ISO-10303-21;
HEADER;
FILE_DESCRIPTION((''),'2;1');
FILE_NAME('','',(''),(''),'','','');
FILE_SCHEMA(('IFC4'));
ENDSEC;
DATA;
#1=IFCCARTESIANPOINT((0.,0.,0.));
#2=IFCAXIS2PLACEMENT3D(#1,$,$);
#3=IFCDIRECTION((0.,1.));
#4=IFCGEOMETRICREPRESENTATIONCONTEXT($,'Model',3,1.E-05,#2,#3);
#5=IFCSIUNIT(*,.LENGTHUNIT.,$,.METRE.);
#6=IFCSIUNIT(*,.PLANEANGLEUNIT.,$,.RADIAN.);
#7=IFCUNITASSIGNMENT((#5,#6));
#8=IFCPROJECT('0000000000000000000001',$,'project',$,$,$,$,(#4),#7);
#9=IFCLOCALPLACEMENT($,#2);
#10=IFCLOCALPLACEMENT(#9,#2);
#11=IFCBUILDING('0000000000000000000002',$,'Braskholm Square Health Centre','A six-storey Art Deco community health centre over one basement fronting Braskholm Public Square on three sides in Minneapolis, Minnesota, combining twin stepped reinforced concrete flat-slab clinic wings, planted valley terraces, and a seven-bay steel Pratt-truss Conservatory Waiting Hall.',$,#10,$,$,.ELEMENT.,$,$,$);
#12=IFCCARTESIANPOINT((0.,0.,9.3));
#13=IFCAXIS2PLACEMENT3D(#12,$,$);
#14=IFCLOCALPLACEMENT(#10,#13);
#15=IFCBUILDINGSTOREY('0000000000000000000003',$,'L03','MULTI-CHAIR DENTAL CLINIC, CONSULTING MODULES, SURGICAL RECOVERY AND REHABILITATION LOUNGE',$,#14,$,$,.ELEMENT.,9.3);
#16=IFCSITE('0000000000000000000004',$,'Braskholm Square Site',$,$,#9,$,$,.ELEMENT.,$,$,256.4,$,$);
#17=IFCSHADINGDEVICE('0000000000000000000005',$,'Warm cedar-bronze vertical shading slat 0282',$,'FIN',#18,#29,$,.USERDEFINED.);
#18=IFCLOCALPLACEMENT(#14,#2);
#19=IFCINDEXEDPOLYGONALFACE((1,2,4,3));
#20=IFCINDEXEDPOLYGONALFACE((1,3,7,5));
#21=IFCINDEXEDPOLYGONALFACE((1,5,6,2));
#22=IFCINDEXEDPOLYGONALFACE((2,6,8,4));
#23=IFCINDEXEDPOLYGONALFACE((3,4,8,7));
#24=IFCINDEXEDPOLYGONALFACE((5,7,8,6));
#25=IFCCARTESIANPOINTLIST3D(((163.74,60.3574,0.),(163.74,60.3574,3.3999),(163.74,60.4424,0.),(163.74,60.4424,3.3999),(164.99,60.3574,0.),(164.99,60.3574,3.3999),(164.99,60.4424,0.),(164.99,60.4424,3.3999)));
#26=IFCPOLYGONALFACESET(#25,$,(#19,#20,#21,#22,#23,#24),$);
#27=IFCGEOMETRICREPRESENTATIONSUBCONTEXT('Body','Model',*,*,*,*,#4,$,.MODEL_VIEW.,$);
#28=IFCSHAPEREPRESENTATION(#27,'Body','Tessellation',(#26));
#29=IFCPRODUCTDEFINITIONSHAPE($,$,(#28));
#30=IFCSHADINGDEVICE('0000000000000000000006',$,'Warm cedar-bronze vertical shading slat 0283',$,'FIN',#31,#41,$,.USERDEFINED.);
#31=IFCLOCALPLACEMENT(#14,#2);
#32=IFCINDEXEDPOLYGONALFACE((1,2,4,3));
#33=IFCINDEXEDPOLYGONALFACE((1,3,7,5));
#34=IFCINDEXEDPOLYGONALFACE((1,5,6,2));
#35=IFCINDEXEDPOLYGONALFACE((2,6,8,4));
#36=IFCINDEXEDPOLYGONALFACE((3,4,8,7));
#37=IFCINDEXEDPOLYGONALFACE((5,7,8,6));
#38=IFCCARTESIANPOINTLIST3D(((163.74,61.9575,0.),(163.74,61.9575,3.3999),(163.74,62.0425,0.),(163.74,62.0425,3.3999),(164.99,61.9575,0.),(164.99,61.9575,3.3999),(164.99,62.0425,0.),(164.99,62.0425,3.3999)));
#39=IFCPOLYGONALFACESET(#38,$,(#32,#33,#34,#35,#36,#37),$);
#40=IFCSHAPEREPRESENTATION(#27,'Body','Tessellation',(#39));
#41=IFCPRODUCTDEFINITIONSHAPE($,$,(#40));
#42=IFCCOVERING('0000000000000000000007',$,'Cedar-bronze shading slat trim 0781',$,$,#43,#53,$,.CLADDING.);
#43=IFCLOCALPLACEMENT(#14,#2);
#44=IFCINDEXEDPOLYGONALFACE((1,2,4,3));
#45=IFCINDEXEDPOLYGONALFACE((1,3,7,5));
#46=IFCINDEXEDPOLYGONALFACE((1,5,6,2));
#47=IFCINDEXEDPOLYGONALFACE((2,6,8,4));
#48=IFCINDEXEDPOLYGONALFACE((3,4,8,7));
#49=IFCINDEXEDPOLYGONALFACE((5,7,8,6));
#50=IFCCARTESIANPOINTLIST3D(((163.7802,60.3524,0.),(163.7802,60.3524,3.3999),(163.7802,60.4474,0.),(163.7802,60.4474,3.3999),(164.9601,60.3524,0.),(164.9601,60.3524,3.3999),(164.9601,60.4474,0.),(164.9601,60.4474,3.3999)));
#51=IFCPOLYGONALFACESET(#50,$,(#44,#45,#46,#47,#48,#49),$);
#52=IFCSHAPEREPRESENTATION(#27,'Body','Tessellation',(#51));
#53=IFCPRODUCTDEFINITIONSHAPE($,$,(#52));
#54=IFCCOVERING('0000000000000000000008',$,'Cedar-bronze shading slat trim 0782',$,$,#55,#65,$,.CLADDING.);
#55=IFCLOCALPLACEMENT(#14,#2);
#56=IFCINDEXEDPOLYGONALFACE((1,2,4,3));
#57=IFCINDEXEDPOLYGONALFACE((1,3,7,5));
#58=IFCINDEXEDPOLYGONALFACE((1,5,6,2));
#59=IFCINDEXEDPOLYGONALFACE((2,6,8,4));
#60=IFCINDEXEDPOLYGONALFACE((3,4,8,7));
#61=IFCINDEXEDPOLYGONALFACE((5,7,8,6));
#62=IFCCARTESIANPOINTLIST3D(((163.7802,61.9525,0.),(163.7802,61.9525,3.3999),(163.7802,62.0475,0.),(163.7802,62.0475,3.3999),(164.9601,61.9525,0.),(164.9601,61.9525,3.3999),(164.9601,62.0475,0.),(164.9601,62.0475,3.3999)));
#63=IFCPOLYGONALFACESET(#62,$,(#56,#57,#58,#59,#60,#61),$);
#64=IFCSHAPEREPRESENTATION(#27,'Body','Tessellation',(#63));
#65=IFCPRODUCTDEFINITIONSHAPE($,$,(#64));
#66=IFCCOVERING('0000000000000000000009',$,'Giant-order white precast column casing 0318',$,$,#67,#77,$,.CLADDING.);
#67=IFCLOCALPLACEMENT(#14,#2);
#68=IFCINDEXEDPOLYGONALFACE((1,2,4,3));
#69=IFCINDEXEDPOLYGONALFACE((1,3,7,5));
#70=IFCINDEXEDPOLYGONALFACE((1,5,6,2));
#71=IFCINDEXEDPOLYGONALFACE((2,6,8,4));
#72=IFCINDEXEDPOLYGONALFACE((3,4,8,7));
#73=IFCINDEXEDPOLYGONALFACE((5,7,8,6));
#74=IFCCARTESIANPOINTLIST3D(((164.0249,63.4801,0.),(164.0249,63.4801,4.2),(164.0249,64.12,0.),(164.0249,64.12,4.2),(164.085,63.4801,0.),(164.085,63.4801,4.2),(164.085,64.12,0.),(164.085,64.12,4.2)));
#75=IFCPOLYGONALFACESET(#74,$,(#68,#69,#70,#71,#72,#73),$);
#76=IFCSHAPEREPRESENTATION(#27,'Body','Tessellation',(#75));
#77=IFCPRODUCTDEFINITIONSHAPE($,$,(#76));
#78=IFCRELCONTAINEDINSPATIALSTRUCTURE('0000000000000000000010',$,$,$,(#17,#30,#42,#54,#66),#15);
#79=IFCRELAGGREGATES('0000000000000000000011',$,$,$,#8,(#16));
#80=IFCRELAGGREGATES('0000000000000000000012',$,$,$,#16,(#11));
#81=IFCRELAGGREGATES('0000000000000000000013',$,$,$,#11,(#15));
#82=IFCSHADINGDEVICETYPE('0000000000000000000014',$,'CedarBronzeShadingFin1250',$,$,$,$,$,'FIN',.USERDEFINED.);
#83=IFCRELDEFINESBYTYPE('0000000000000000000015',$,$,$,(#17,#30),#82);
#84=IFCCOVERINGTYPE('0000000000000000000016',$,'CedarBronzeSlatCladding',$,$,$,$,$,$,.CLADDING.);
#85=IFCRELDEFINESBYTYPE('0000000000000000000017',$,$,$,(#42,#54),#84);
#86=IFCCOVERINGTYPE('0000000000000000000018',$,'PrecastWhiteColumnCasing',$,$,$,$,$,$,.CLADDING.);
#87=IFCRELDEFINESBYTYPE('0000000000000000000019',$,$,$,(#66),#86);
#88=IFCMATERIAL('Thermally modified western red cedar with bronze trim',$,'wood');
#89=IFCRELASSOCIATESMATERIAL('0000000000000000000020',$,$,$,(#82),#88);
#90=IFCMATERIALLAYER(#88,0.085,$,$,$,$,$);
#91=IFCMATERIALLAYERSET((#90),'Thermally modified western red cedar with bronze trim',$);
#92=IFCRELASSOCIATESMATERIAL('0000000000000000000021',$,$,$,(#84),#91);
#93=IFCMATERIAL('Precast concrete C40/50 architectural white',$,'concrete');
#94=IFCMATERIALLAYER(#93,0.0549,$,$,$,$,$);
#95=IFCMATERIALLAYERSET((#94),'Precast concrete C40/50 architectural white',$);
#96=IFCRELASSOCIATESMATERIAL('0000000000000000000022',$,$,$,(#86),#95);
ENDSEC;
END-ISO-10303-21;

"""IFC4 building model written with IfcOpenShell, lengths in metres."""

from ifc_helpers import new_model, si_unit, direction, frame, origin, origin_2d, place, context, subcontext, project, spatial, rectangle, extrude, material, layer, layer_set, type_object, element, save


model = new_model("IFC4")

# Units and contexts
model_context = context("Model", 3, precision=1e-05, world=origin(), true_north=direction((0.0, 1.0)))
body_context = subcontext(model_context, "Body", "Model", "MODEL_VIEW")
ifc_project = project(units=[si_unit("LENGTHUNIT", "METRE"), si_unit("PLANEANGLEUNIT", "RADIAN")], contexts=[model_context])

# Site, building, storey
site_placement = place(None, origin())
site = spatial("IfcSite", under=ifc_project, at=site_placement, Name="Braskholm Square Site", CompositionType="ELEMENT", RefElevation=256.4)
building_placement = place(site_placement, origin())
building = spatial("IfcBuilding", under=site, at=building_placement, Name="Braskholm Square Health Centre", Description="A six-storey Art Deco community health centre over one basement fronting Braskholm Public Square on three sides in Minneapolis, Minnesota, combining twin stepped reinforced concrete flat-slab clinic wings, planted valley terraces, and a seven-bay steel Pratt-truss Conservatory Waiting Hall.", CompositionType="ELEMENT")
storey_placement = place(building_placement, frame((0.0, 0.0, 9.3)))
storey = spatial("IfcBuildingStorey", under=building, at=storey_placement, Name="L03", Description="MULTI-CHAIR DENTAL CLINIC, CONSULTING MODULES, SURGICAL RECOVERY AND REHABILITATION LOUNGE", CompositionType="ELEMENT", Elevation=9.3)

# Shared definitions
ifc_material_1 = material(Name="Precast concrete C40/50 architectural white", Category="concrete")

# Shading devices
ifc_material_2 = material(Name="Thermally modified western red cedar with bronze trim", Category="wood")
shading_device_type = type_object("IfcShadingDeviceType", Name="CedarBronzeShadingFin1250", ElementType="FIN", PredefinedType="USERDEFINED", material=ifc_material_2)
for number, where, z_axis, x_axis, name in (
    (1, (164.365, 60.3999, 0.0), (0.0, 0.0, 1.0), (1.0, 0.0, 0.0), "Warm cedar-bronze vertical shading slat 0282"),
    (2, (164.365, 62.0, 0.0), (0.0, 0.0, 1.0), (1.0, 0.0, 0.0), "Warm cedar-bronze vertical shading slat 0283"),
):
    element("IfcShadingDevice", number, at=place(storey_placement, frame(where, z_axis=z_axis, x_axis=x_axis)), inside=storey, type_object=shading_device_type, Name=name, ObjectType="FIN", PredefinedType="USERDEFINED", context=body_context, shape_type="SweptSolid", body=[
        extrude(rectangle(XDim=1.25, YDim=0.085, at=origin_2d()), origin(), (0.0, 0.0, 1.0), 3.3999),
    ])

# Coverings
ifc_layer_1 = layer(ifc_material_2, 0.085)
ifc_layer_set_1 = layer_set([ifc_layer_1], Name="Thermally modified western red cedar with bronze trim")
covering_type_1 = type_object("IfcCoveringType", Name="CedarBronzeSlatCladding", PredefinedType="CLADDING", material=ifc_layer_set_1)
for number, where, z_axis, x_axis, name in (
    (3, (164.3701, 60.3999, 0.0), (0.0, 0.0, 1.0), (1.0, 0.0, 0.0), "Cedar-bronze shading slat trim 0781"),
    (4, (164.3701, 62.0, 0.0), (0.0, 0.0, 1.0), (1.0, 0.0, 0.0), "Cedar-bronze shading slat trim 0782"),
):
    element("IfcCovering", number, at=place(storey_placement, frame(where, z_axis=z_axis, x_axis=x_axis)), inside=storey, type_object=covering_type_1, Name=name, PredefinedType="CLADDING", context=body_context, shape_type="SweptSolid", body=[
        extrude(rectangle(XDim=1.1799, YDim=0.095, at=origin_2d()), origin(), (0.0, 0.0, 1.0), 3.3999),
    ])
ifc_layer_2 = layer(ifc_material_1, 0.0549)
ifc_layer_set_2 = layer_set([ifc_layer_2], Name="Precast concrete C40/50 architectural white")
covering_type_2 = type_object("IfcCoveringType", Name="PrecastWhiteColumnCasing", PredefinedType="CLADDING", material=ifc_layer_set_2)
covering_placement = place(storey_placement, frame((164.0549, 63.8, 0.0), z_axis=(0.0, 0.0, 1.0), x_axis=(1.0, 0.0, 0.0)))
element("IfcCovering", 5, at=covering_placement, inside=storey, type_object=covering_type_2, Name="Giant-order white precast column casing 0318", PredefinedType="CLADDING", context=body_context, shape_type="SweptSolid", body=[
    extrude(rectangle(XDim=0.0601, YDim=0.6399, at=origin_2d()), origin(), (0.0, 0.0, 1.0), 4.2),
])

save(model, "model.ifc")
